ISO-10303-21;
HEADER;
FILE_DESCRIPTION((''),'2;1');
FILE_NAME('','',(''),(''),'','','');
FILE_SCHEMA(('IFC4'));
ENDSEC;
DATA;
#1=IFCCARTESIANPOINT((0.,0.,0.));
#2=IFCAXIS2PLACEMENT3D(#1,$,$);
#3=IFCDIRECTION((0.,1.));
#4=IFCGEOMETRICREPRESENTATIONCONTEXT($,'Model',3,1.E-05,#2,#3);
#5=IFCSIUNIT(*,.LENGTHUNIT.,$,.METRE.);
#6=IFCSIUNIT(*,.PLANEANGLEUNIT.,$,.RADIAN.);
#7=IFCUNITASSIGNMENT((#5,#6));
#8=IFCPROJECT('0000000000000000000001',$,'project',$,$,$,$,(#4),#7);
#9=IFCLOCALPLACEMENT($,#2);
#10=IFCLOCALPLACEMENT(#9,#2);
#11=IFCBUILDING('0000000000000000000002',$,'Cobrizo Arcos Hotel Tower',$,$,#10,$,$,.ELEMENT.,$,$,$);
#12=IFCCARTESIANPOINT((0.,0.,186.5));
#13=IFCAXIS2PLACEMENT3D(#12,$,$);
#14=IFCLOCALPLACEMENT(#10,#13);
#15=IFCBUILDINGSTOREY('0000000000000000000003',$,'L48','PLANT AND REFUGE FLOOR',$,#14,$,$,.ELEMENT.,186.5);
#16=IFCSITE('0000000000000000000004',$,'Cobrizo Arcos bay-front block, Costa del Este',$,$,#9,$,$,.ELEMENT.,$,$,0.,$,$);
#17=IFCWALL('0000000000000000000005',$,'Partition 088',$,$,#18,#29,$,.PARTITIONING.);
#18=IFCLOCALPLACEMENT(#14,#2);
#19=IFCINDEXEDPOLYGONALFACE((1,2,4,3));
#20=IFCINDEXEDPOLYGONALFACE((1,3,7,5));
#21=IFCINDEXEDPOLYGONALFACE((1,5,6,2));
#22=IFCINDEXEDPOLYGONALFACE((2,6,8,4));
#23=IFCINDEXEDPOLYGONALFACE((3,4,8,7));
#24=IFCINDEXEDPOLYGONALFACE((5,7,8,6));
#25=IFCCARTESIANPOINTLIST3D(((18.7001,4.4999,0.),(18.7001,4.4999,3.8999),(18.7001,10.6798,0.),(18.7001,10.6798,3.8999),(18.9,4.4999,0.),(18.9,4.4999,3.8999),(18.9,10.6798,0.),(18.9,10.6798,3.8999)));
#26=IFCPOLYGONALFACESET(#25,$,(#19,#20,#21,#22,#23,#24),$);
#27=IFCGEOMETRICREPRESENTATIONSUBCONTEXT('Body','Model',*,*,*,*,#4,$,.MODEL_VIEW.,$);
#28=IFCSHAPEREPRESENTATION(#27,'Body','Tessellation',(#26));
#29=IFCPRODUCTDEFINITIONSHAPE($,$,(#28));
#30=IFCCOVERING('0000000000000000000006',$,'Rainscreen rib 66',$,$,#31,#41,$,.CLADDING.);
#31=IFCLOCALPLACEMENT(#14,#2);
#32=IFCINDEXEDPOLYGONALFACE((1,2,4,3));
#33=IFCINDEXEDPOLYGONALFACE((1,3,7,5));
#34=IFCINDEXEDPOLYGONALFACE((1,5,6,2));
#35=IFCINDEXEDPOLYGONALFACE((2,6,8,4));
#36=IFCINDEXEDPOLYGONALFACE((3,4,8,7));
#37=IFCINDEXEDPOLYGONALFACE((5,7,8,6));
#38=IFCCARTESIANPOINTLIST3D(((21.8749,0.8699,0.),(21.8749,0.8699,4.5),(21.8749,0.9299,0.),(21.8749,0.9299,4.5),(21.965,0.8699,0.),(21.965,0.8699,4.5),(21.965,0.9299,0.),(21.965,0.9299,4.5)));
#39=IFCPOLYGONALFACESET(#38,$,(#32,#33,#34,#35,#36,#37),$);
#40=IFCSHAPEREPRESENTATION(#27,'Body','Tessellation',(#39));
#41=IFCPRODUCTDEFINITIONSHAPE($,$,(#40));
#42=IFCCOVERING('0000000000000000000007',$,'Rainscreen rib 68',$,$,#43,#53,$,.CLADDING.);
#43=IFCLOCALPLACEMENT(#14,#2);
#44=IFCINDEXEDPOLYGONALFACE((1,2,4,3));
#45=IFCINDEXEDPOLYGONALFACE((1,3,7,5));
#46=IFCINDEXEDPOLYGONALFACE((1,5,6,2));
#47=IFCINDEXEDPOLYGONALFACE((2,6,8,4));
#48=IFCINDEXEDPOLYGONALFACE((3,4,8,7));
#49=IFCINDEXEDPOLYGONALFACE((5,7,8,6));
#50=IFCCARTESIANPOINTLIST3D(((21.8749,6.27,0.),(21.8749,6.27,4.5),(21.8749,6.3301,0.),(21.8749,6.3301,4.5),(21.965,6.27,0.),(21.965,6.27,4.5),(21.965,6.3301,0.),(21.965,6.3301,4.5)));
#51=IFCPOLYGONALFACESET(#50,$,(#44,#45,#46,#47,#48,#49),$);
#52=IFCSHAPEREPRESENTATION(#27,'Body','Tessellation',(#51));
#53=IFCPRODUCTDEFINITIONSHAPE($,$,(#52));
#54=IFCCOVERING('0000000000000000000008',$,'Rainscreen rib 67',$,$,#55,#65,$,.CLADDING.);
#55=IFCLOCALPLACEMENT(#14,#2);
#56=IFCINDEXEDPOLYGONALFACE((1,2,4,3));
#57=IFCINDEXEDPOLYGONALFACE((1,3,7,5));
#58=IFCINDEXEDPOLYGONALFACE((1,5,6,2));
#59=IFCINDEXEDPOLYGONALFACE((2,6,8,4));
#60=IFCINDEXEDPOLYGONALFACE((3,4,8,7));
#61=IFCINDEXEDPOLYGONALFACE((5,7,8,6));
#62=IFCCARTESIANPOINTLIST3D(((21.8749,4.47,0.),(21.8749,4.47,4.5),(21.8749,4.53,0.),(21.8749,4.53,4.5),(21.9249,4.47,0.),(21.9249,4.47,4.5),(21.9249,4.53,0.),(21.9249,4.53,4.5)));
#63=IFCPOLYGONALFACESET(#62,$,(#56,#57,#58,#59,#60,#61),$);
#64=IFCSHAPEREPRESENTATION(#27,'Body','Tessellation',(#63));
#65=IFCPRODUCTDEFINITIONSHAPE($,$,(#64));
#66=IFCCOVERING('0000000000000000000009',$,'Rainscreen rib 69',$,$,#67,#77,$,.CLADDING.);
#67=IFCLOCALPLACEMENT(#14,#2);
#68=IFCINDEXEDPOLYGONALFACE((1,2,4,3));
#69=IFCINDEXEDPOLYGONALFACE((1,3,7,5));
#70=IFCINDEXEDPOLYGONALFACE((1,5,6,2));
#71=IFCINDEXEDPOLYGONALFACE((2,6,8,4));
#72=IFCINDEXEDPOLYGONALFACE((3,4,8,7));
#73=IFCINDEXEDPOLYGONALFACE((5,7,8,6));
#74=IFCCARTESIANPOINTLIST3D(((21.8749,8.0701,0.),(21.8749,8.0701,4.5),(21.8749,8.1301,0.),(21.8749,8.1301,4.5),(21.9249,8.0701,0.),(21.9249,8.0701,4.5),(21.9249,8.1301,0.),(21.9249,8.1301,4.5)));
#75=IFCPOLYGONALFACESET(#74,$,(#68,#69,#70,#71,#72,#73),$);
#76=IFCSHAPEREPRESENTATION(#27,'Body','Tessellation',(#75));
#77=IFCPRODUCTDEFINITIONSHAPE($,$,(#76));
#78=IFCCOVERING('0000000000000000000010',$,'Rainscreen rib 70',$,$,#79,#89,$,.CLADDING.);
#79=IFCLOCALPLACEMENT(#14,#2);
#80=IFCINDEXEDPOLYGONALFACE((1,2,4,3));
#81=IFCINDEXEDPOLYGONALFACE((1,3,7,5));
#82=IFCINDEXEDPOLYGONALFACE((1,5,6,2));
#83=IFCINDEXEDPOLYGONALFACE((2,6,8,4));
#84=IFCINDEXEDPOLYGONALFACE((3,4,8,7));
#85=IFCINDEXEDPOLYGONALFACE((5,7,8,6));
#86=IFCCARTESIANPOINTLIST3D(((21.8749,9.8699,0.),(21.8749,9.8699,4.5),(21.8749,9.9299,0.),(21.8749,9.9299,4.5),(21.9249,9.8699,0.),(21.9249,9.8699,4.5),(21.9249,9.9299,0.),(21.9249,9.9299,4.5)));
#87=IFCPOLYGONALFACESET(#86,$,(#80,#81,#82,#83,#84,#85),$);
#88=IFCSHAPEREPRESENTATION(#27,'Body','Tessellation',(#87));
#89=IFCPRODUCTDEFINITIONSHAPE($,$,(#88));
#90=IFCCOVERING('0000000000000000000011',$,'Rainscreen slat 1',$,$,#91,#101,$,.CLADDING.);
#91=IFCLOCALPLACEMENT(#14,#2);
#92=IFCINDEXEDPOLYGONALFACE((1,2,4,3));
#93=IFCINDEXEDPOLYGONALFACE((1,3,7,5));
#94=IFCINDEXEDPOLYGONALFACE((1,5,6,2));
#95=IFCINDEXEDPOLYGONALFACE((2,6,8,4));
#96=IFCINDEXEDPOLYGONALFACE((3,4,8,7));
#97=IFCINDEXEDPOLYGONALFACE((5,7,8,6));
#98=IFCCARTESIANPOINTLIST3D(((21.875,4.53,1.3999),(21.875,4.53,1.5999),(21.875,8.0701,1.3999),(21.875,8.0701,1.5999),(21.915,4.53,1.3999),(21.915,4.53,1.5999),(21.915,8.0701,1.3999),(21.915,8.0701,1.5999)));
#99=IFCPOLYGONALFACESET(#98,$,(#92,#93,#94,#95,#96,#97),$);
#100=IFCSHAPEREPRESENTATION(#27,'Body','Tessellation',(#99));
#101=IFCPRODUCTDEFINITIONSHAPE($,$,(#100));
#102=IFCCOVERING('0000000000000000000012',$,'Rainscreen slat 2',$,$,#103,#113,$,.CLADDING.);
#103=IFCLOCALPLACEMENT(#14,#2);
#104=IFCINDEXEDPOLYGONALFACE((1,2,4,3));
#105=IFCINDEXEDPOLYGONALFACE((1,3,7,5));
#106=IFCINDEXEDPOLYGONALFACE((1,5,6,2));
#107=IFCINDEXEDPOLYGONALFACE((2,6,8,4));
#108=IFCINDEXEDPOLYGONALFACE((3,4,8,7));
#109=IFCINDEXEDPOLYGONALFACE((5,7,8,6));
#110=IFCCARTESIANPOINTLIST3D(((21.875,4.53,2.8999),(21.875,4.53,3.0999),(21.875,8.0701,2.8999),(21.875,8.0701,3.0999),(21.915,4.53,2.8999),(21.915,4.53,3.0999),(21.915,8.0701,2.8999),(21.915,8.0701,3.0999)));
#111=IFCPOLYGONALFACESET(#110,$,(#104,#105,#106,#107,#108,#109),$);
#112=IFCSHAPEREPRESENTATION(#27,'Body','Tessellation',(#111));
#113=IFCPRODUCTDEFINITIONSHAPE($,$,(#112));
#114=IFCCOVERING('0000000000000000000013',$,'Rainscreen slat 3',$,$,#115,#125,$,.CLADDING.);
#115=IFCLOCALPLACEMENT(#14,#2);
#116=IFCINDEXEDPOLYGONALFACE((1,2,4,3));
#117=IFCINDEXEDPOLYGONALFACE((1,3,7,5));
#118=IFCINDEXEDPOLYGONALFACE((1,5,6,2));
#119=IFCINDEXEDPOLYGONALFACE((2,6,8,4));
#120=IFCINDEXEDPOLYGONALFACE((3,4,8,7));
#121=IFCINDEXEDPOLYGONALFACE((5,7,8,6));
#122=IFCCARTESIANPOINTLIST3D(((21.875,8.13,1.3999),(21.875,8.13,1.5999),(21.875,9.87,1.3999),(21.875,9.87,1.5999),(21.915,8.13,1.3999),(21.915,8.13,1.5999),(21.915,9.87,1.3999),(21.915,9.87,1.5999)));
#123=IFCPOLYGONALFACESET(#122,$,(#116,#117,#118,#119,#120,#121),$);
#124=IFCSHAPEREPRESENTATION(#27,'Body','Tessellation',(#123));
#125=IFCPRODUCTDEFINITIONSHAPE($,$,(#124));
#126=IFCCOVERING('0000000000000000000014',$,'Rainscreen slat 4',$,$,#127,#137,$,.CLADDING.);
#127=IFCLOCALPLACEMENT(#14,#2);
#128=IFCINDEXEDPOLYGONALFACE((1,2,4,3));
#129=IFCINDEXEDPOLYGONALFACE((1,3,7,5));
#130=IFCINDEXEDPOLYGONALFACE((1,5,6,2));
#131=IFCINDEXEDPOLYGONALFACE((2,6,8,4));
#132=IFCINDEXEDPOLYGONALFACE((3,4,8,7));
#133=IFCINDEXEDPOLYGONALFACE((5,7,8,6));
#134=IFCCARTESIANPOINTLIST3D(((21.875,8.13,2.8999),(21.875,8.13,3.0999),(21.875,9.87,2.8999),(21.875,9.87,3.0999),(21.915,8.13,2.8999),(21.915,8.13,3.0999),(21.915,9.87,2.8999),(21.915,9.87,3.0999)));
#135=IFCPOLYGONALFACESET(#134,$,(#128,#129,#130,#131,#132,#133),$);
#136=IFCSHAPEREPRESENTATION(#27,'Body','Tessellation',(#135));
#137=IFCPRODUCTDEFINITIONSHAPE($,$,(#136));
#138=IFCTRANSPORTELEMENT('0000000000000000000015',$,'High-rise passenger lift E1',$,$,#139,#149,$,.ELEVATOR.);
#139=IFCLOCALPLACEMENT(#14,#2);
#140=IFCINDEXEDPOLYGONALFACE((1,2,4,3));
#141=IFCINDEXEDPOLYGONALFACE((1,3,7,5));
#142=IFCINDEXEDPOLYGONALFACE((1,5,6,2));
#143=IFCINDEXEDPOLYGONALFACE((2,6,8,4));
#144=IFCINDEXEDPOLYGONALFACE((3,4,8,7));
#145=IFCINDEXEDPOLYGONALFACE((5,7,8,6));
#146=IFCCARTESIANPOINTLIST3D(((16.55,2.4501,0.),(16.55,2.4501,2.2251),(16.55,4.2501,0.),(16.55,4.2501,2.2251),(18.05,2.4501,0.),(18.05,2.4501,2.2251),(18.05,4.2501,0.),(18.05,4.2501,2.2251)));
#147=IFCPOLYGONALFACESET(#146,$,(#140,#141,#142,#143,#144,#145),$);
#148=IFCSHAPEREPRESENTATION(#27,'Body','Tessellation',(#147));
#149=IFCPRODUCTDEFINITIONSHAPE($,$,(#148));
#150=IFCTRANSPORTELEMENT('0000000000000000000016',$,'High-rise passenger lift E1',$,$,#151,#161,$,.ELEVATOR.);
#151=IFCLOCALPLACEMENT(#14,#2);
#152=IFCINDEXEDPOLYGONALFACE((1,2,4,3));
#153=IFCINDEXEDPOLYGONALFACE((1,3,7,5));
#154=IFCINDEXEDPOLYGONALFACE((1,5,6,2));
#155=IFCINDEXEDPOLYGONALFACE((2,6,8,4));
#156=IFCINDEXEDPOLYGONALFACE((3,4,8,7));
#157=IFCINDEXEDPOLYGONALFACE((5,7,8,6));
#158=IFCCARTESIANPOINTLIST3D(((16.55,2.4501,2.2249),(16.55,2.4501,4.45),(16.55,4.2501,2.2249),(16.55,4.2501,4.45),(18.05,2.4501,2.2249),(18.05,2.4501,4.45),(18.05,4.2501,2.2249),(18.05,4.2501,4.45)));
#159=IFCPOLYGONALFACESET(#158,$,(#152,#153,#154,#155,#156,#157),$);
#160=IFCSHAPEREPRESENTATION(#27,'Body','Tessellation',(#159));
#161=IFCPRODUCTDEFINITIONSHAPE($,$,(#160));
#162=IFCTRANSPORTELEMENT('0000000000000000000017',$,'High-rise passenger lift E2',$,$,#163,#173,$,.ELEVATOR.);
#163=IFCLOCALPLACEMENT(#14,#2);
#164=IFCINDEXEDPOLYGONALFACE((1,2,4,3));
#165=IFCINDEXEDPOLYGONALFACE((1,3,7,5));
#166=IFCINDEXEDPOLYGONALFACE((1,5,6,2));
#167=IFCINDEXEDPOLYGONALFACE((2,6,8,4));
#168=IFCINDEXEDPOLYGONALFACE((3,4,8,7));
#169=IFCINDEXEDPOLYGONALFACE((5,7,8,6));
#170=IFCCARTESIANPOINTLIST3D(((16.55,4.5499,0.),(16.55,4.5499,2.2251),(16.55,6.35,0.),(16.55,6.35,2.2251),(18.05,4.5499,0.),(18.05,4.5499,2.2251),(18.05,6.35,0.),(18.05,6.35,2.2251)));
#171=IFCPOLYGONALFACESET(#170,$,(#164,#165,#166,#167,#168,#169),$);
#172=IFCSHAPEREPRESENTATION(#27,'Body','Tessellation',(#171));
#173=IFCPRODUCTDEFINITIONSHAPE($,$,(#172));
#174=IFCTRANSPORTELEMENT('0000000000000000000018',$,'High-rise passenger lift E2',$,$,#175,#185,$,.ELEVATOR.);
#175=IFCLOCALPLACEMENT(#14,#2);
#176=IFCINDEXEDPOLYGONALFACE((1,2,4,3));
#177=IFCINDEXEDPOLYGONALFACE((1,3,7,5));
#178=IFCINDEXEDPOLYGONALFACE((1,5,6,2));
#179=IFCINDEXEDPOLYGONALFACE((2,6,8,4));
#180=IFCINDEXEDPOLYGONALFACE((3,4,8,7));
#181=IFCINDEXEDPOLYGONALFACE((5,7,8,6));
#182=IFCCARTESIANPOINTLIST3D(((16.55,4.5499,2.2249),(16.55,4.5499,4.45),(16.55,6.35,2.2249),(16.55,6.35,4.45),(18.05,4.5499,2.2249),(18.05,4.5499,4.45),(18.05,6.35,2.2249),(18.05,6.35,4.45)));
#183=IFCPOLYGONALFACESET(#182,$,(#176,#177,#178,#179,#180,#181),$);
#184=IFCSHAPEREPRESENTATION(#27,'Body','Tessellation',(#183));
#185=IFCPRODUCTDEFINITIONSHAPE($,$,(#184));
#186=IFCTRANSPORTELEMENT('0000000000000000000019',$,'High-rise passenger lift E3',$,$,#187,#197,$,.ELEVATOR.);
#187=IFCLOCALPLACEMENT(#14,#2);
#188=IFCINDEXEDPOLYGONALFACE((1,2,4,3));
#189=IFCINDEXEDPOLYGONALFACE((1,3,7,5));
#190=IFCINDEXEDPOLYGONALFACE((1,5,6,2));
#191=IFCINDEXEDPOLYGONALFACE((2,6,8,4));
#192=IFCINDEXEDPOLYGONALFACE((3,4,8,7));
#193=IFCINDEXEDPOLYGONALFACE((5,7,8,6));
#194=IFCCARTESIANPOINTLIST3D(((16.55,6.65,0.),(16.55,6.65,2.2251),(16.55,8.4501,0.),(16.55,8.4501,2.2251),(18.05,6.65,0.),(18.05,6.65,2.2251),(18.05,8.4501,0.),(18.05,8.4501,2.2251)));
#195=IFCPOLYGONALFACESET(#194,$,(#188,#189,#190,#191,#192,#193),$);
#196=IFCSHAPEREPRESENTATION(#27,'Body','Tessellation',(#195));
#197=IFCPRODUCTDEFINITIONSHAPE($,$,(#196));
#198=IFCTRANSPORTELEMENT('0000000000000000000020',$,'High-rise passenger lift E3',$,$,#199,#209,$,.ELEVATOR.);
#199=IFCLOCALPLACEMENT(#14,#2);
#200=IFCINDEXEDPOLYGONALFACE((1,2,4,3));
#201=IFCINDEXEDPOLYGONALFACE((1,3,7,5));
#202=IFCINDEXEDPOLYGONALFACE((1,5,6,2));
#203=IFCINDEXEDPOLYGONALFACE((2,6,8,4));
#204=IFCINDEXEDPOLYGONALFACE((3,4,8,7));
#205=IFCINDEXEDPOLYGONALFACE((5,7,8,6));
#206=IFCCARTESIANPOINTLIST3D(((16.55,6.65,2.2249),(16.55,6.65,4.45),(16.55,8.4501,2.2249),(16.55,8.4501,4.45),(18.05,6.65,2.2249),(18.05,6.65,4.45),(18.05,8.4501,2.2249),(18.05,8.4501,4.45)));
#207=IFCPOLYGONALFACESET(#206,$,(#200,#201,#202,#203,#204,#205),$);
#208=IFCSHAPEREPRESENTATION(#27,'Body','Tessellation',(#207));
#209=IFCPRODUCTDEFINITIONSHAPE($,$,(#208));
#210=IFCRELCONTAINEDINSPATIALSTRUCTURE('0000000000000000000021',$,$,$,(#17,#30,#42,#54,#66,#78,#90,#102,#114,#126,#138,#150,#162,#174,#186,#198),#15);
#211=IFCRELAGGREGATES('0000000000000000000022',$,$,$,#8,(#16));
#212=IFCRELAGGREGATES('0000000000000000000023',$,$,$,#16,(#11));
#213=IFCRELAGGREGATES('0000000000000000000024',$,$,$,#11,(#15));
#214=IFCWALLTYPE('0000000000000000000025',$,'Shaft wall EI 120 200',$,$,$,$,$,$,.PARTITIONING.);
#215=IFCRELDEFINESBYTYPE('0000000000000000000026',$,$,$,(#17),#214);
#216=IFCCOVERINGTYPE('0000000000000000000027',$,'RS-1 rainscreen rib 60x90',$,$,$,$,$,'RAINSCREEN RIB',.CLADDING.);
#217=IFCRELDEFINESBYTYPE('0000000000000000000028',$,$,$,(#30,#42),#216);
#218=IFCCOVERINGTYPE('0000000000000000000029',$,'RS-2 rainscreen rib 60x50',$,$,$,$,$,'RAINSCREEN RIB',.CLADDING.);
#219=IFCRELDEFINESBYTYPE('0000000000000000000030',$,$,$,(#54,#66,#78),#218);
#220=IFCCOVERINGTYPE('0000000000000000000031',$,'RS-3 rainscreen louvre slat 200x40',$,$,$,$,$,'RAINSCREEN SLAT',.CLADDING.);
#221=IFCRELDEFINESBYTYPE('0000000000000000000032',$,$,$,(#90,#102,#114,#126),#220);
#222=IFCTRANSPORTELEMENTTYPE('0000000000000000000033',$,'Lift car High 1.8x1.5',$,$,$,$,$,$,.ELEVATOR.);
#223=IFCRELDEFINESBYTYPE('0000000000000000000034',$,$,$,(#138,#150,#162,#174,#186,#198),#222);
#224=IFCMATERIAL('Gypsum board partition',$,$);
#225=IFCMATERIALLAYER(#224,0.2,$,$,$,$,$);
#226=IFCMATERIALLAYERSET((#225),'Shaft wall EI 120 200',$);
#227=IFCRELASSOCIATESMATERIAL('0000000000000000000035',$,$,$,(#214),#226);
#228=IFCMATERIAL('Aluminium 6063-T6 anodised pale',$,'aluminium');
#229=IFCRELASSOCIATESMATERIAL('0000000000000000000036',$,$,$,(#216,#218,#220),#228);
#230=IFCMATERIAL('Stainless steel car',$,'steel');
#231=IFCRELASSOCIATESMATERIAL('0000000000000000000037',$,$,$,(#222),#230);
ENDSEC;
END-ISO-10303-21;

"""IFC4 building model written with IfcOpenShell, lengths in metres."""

from ifc_helpers import new_model, si_unit, direction, frame, frame_2d, origin, origin_2d, place, context, subcontext, project, spatial, rectangle, extrude, material, layer, layer_set, type_object, element, save


model = new_model("IFC4")

# Units and contexts
model_context = context("Model", 3, precision=1e-05, world=origin(), true_north=direction((0.0, 1.0)))
body_context = subcontext(model_context, "Body", "Model", "MODEL_VIEW")
ifc_project = project(units=[si_unit("LENGTHUNIT", "METRE"), si_unit("PLANEANGLEUNIT", "RADIAN")], contexts=[model_context])

# Site, building, storey
site_placement = place(None, origin())
site = spatial("IfcSite", under=ifc_project, at=site_placement, Name="Cobrizo Arcos bay-front block, Costa del Este", CompositionType="ELEMENT", RefElevation=0.0)
building_placement = place(site_placement, origin())
building = spatial("IfcBuilding", under=site, at=building_placement, Name="Cobrizo Arcos Hotel Tower", CompositionType="ELEMENT")
storey_placement = place(building_placement, frame((0.0, 0.0, 186.5)))
storey = spatial("IfcBuildingStorey", under=building, at=storey_placement, Name="L48", Description="PLANT AND REFUGE FLOOR", CompositionType="ELEMENT", Elevation=186.5)

# Shared definitions
ifc_material_1 = material(Name="Gypsum board partition")
ifc_layer_1 = layer(ifc_material_1, 0.2)
ifc_layer_set_1 = layer_set([ifc_layer_1], Name="Shaft wall EI 120 200")
wall_type_1 = type_object("IfcWallType", Name="Shaft wall EI 120 200", PredefinedType="PARTITIONING", material=ifc_layer_set_1)

# Wall
wall_1_placement = place(storey_placement, frame((18.8, 4.5, 0.0), z_axis=(0.0, 0.0, 1.0), x_axis=(0.0, 1.0, 0.0)))
element("IfcWall", 1, at=wall_1_placement, inside=storey, type_object=wall_type_1, Name="Partition 088", PredefinedType="PARTITIONING", context=body_context, shape_type="SweptSolid", body=[
    extrude(rectangle(XDim=6.1799, YDim=0.2, at=frame_2d((3.0898, 0.0))), origin(), (0.0, 0.0, 1.0), 3.8999),
])

# Coverings
ifc_material_2 = material(Name="Aluminium 6063-T6 anodised pale", Category="aluminium")
covering_type_1 = type_object("IfcCoveringType", Name="RS-1 rainscreen rib 60x90", ElementType="RAINSCREEN RIB", PredefinedType="CLADDING", material=ifc_material_2)
for number, where, z_axis, x_axis, name in (
    (2, (21.9199, 0.8999, 0.0), (0.0, 0.0, 1.0), (0.0, 1.0, 0.0), "Rainscreen rib 66"),
    (3, (21.9199, 6.3, 0.0), (0.0, 0.0, 1.0), (0.0, 1.0, 0.0), "Rainscreen rib 68"),
):
    element("IfcCovering", number, at=place(storey_placement, frame(where, z_axis=z_axis, x_axis=x_axis)), inside=storey, type_object=covering_type_1, Name=name, PredefinedType="CLADDING", context=body_context, shape_type="SweptSolid", body=[
        extrude(rectangle(XDim=0.0601, YDim=0.0901, at=origin_2d()), origin(), (0.0, 0.0, 1.0), 4.5),
    ])
covering_type_2 = type_object("IfcCoveringType", Name="RS-2 rainscreen rib 60x50", ElementType="RAINSCREEN RIB", PredefinedType="CLADDING", material=ifc_material_2)
for number, where, z_axis, x_axis, name in (
    (4, (21.8999, 4.5, 0.0), (0.0, 0.0, 1.0), (0.0, 1.0, 0.0), "Rainscreen rib 67"),
    (5, (21.8999, 8.1001, 0.0), (0.0, 0.0, 1.0), (0.0, 1.0, 0.0), "Rainscreen rib 69"),
    (6, (21.8999, 9.8999, 0.0), (0.0, 0.0, 1.0), (0.0, 1.0, 0.0), "Rainscreen rib 70"),
):
    element("IfcCovering", number, at=place(storey_placement, frame(where, z_axis=z_axis, x_axis=x_axis)), inside=storey, type_object=covering_type_2, Name=name, PredefinedType="CLADDING", context=body_context, shape_type="SweptSolid", body=[
        extrude(rectangle(XDim=0.0601, YDim=0.05, at=origin_2d()), origin(), (0.0, 0.0, 1.0), 4.5),
    ])
covering_type_3 = type_object("IfcCoveringType", Name="RS-3 rainscreen louvre slat 200x40", ElementType="RAINSCREEN SLAT", PredefinedType="CLADDING", material=ifc_material_2)
for number, where, z_axis, x_axis, name in (
    (7, (21.895, 6.3, 1.3999), (0.0, 0.0, 1.0), (0.0, 1.0, 0.0), "Rainscreen slat 1"),
    (8, (21.895, 6.3, 2.8999), (0.0, 0.0, 1.0), (0.0, 1.0, 0.0), "Rainscreen slat 2"),
):
    element("IfcCovering", number, at=place(storey_placement, frame(where, z_axis=z_axis, x_axis=x_axis)), inside=storey, type_object=covering_type_3, Name=name, PredefinedType="CLADDING", context=body_context, shape_type="SweptSolid", body=[
        extrude(rectangle(XDim=3.54, YDim=0.04, at=origin_2d()), origin(), (0.0, 0.0, 1.0), 0.2),
    ])
for number, where, z_axis, x_axis, name in (
    (9, (21.895, 9.0, 1.3999), (0.0, 0.0, 1.0), (0.0, 1.0, 0.0), "Rainscreen slat 3"),
    (10, (21.895, 9.0, 2.8999), (0.0, 0.0, 1.0), (0.0, 1.0, 0.0), "Rainscreen slat 4"),
):
    element("IfcCovering", number, at=place(storey_placement, frame(where, z_axis=z_axis, x_axis=x_axis)), inside=storey, type_object=covering_type_3, Name=name, PredefinedType="CLADDING", context=body_context, shape_type="SweptSolid", body=[
        extrude(rectangle(XDim=1.74, YDim=0.04, at=origin_2d()), origin(), (0.0, 0.0, 1.0), 0.2),
    ])

# Transport elements
ifc_material_3 = material(Name="Stainless steel car", Category="steel")
transport_element_type = type_object("IfcTransportElementType", Name="Lift car High 1.8x1.5", PredefinedType="ELEVATOR", material=ifc_material_3)
for number, where, z_axis, x_axis, name in (
    (11, (17.3, 3.3501, 0.0), (0.0, 0.0, 1.0), (1.0, 0.0, 0.0), "High-rise passenger lift E1"),
    (12, (17.3, 3.3501, 2.2249), (0.0, 0.0, 1.0), (1.0, 0.0, 0.0), "High-rise passenger lift E1"),
    (13, (17.3, 5.45, 0.0), (0.0, 0.0, 1.0), (1.0, 0.0, 0.0), "High-rise passenger lift E2"),
    (14, (17.3, 5.45, 2.2249), (0.0, 0.0, 1.0), (1.0, 0.0, 0.0), "High-rise passenger lift E2"),
    (15, (17.3, 7.55, 0.0), (0.0, 0.0, 1.0), (1.0, 0.0, 0.0), "High-rise passenger lift E3"),
    (16, (17.3, 7.55, 2.2249), (0.0, 0.0, 1.0), (1.0, 0.0, 0.0), "High-rise passenger lift E3"),
):
    element("IfcTransportElement", number, at=place(storey_placement, frame(where, z_axis=z_axis, x_axis=x_axis)), inside=storey, type_object=transport_element_type, Name=name, PredefinedType="ELEVATOR", context=body_context, shape_type="SweptSolid", body=[
        extrude(rectangle(XDim=1.5, YDim=1.8, at=origin_2d()), origin(), (0.0, 0.0, 1.0), 2.2251),
    ])

save(model, "model.ifc")
